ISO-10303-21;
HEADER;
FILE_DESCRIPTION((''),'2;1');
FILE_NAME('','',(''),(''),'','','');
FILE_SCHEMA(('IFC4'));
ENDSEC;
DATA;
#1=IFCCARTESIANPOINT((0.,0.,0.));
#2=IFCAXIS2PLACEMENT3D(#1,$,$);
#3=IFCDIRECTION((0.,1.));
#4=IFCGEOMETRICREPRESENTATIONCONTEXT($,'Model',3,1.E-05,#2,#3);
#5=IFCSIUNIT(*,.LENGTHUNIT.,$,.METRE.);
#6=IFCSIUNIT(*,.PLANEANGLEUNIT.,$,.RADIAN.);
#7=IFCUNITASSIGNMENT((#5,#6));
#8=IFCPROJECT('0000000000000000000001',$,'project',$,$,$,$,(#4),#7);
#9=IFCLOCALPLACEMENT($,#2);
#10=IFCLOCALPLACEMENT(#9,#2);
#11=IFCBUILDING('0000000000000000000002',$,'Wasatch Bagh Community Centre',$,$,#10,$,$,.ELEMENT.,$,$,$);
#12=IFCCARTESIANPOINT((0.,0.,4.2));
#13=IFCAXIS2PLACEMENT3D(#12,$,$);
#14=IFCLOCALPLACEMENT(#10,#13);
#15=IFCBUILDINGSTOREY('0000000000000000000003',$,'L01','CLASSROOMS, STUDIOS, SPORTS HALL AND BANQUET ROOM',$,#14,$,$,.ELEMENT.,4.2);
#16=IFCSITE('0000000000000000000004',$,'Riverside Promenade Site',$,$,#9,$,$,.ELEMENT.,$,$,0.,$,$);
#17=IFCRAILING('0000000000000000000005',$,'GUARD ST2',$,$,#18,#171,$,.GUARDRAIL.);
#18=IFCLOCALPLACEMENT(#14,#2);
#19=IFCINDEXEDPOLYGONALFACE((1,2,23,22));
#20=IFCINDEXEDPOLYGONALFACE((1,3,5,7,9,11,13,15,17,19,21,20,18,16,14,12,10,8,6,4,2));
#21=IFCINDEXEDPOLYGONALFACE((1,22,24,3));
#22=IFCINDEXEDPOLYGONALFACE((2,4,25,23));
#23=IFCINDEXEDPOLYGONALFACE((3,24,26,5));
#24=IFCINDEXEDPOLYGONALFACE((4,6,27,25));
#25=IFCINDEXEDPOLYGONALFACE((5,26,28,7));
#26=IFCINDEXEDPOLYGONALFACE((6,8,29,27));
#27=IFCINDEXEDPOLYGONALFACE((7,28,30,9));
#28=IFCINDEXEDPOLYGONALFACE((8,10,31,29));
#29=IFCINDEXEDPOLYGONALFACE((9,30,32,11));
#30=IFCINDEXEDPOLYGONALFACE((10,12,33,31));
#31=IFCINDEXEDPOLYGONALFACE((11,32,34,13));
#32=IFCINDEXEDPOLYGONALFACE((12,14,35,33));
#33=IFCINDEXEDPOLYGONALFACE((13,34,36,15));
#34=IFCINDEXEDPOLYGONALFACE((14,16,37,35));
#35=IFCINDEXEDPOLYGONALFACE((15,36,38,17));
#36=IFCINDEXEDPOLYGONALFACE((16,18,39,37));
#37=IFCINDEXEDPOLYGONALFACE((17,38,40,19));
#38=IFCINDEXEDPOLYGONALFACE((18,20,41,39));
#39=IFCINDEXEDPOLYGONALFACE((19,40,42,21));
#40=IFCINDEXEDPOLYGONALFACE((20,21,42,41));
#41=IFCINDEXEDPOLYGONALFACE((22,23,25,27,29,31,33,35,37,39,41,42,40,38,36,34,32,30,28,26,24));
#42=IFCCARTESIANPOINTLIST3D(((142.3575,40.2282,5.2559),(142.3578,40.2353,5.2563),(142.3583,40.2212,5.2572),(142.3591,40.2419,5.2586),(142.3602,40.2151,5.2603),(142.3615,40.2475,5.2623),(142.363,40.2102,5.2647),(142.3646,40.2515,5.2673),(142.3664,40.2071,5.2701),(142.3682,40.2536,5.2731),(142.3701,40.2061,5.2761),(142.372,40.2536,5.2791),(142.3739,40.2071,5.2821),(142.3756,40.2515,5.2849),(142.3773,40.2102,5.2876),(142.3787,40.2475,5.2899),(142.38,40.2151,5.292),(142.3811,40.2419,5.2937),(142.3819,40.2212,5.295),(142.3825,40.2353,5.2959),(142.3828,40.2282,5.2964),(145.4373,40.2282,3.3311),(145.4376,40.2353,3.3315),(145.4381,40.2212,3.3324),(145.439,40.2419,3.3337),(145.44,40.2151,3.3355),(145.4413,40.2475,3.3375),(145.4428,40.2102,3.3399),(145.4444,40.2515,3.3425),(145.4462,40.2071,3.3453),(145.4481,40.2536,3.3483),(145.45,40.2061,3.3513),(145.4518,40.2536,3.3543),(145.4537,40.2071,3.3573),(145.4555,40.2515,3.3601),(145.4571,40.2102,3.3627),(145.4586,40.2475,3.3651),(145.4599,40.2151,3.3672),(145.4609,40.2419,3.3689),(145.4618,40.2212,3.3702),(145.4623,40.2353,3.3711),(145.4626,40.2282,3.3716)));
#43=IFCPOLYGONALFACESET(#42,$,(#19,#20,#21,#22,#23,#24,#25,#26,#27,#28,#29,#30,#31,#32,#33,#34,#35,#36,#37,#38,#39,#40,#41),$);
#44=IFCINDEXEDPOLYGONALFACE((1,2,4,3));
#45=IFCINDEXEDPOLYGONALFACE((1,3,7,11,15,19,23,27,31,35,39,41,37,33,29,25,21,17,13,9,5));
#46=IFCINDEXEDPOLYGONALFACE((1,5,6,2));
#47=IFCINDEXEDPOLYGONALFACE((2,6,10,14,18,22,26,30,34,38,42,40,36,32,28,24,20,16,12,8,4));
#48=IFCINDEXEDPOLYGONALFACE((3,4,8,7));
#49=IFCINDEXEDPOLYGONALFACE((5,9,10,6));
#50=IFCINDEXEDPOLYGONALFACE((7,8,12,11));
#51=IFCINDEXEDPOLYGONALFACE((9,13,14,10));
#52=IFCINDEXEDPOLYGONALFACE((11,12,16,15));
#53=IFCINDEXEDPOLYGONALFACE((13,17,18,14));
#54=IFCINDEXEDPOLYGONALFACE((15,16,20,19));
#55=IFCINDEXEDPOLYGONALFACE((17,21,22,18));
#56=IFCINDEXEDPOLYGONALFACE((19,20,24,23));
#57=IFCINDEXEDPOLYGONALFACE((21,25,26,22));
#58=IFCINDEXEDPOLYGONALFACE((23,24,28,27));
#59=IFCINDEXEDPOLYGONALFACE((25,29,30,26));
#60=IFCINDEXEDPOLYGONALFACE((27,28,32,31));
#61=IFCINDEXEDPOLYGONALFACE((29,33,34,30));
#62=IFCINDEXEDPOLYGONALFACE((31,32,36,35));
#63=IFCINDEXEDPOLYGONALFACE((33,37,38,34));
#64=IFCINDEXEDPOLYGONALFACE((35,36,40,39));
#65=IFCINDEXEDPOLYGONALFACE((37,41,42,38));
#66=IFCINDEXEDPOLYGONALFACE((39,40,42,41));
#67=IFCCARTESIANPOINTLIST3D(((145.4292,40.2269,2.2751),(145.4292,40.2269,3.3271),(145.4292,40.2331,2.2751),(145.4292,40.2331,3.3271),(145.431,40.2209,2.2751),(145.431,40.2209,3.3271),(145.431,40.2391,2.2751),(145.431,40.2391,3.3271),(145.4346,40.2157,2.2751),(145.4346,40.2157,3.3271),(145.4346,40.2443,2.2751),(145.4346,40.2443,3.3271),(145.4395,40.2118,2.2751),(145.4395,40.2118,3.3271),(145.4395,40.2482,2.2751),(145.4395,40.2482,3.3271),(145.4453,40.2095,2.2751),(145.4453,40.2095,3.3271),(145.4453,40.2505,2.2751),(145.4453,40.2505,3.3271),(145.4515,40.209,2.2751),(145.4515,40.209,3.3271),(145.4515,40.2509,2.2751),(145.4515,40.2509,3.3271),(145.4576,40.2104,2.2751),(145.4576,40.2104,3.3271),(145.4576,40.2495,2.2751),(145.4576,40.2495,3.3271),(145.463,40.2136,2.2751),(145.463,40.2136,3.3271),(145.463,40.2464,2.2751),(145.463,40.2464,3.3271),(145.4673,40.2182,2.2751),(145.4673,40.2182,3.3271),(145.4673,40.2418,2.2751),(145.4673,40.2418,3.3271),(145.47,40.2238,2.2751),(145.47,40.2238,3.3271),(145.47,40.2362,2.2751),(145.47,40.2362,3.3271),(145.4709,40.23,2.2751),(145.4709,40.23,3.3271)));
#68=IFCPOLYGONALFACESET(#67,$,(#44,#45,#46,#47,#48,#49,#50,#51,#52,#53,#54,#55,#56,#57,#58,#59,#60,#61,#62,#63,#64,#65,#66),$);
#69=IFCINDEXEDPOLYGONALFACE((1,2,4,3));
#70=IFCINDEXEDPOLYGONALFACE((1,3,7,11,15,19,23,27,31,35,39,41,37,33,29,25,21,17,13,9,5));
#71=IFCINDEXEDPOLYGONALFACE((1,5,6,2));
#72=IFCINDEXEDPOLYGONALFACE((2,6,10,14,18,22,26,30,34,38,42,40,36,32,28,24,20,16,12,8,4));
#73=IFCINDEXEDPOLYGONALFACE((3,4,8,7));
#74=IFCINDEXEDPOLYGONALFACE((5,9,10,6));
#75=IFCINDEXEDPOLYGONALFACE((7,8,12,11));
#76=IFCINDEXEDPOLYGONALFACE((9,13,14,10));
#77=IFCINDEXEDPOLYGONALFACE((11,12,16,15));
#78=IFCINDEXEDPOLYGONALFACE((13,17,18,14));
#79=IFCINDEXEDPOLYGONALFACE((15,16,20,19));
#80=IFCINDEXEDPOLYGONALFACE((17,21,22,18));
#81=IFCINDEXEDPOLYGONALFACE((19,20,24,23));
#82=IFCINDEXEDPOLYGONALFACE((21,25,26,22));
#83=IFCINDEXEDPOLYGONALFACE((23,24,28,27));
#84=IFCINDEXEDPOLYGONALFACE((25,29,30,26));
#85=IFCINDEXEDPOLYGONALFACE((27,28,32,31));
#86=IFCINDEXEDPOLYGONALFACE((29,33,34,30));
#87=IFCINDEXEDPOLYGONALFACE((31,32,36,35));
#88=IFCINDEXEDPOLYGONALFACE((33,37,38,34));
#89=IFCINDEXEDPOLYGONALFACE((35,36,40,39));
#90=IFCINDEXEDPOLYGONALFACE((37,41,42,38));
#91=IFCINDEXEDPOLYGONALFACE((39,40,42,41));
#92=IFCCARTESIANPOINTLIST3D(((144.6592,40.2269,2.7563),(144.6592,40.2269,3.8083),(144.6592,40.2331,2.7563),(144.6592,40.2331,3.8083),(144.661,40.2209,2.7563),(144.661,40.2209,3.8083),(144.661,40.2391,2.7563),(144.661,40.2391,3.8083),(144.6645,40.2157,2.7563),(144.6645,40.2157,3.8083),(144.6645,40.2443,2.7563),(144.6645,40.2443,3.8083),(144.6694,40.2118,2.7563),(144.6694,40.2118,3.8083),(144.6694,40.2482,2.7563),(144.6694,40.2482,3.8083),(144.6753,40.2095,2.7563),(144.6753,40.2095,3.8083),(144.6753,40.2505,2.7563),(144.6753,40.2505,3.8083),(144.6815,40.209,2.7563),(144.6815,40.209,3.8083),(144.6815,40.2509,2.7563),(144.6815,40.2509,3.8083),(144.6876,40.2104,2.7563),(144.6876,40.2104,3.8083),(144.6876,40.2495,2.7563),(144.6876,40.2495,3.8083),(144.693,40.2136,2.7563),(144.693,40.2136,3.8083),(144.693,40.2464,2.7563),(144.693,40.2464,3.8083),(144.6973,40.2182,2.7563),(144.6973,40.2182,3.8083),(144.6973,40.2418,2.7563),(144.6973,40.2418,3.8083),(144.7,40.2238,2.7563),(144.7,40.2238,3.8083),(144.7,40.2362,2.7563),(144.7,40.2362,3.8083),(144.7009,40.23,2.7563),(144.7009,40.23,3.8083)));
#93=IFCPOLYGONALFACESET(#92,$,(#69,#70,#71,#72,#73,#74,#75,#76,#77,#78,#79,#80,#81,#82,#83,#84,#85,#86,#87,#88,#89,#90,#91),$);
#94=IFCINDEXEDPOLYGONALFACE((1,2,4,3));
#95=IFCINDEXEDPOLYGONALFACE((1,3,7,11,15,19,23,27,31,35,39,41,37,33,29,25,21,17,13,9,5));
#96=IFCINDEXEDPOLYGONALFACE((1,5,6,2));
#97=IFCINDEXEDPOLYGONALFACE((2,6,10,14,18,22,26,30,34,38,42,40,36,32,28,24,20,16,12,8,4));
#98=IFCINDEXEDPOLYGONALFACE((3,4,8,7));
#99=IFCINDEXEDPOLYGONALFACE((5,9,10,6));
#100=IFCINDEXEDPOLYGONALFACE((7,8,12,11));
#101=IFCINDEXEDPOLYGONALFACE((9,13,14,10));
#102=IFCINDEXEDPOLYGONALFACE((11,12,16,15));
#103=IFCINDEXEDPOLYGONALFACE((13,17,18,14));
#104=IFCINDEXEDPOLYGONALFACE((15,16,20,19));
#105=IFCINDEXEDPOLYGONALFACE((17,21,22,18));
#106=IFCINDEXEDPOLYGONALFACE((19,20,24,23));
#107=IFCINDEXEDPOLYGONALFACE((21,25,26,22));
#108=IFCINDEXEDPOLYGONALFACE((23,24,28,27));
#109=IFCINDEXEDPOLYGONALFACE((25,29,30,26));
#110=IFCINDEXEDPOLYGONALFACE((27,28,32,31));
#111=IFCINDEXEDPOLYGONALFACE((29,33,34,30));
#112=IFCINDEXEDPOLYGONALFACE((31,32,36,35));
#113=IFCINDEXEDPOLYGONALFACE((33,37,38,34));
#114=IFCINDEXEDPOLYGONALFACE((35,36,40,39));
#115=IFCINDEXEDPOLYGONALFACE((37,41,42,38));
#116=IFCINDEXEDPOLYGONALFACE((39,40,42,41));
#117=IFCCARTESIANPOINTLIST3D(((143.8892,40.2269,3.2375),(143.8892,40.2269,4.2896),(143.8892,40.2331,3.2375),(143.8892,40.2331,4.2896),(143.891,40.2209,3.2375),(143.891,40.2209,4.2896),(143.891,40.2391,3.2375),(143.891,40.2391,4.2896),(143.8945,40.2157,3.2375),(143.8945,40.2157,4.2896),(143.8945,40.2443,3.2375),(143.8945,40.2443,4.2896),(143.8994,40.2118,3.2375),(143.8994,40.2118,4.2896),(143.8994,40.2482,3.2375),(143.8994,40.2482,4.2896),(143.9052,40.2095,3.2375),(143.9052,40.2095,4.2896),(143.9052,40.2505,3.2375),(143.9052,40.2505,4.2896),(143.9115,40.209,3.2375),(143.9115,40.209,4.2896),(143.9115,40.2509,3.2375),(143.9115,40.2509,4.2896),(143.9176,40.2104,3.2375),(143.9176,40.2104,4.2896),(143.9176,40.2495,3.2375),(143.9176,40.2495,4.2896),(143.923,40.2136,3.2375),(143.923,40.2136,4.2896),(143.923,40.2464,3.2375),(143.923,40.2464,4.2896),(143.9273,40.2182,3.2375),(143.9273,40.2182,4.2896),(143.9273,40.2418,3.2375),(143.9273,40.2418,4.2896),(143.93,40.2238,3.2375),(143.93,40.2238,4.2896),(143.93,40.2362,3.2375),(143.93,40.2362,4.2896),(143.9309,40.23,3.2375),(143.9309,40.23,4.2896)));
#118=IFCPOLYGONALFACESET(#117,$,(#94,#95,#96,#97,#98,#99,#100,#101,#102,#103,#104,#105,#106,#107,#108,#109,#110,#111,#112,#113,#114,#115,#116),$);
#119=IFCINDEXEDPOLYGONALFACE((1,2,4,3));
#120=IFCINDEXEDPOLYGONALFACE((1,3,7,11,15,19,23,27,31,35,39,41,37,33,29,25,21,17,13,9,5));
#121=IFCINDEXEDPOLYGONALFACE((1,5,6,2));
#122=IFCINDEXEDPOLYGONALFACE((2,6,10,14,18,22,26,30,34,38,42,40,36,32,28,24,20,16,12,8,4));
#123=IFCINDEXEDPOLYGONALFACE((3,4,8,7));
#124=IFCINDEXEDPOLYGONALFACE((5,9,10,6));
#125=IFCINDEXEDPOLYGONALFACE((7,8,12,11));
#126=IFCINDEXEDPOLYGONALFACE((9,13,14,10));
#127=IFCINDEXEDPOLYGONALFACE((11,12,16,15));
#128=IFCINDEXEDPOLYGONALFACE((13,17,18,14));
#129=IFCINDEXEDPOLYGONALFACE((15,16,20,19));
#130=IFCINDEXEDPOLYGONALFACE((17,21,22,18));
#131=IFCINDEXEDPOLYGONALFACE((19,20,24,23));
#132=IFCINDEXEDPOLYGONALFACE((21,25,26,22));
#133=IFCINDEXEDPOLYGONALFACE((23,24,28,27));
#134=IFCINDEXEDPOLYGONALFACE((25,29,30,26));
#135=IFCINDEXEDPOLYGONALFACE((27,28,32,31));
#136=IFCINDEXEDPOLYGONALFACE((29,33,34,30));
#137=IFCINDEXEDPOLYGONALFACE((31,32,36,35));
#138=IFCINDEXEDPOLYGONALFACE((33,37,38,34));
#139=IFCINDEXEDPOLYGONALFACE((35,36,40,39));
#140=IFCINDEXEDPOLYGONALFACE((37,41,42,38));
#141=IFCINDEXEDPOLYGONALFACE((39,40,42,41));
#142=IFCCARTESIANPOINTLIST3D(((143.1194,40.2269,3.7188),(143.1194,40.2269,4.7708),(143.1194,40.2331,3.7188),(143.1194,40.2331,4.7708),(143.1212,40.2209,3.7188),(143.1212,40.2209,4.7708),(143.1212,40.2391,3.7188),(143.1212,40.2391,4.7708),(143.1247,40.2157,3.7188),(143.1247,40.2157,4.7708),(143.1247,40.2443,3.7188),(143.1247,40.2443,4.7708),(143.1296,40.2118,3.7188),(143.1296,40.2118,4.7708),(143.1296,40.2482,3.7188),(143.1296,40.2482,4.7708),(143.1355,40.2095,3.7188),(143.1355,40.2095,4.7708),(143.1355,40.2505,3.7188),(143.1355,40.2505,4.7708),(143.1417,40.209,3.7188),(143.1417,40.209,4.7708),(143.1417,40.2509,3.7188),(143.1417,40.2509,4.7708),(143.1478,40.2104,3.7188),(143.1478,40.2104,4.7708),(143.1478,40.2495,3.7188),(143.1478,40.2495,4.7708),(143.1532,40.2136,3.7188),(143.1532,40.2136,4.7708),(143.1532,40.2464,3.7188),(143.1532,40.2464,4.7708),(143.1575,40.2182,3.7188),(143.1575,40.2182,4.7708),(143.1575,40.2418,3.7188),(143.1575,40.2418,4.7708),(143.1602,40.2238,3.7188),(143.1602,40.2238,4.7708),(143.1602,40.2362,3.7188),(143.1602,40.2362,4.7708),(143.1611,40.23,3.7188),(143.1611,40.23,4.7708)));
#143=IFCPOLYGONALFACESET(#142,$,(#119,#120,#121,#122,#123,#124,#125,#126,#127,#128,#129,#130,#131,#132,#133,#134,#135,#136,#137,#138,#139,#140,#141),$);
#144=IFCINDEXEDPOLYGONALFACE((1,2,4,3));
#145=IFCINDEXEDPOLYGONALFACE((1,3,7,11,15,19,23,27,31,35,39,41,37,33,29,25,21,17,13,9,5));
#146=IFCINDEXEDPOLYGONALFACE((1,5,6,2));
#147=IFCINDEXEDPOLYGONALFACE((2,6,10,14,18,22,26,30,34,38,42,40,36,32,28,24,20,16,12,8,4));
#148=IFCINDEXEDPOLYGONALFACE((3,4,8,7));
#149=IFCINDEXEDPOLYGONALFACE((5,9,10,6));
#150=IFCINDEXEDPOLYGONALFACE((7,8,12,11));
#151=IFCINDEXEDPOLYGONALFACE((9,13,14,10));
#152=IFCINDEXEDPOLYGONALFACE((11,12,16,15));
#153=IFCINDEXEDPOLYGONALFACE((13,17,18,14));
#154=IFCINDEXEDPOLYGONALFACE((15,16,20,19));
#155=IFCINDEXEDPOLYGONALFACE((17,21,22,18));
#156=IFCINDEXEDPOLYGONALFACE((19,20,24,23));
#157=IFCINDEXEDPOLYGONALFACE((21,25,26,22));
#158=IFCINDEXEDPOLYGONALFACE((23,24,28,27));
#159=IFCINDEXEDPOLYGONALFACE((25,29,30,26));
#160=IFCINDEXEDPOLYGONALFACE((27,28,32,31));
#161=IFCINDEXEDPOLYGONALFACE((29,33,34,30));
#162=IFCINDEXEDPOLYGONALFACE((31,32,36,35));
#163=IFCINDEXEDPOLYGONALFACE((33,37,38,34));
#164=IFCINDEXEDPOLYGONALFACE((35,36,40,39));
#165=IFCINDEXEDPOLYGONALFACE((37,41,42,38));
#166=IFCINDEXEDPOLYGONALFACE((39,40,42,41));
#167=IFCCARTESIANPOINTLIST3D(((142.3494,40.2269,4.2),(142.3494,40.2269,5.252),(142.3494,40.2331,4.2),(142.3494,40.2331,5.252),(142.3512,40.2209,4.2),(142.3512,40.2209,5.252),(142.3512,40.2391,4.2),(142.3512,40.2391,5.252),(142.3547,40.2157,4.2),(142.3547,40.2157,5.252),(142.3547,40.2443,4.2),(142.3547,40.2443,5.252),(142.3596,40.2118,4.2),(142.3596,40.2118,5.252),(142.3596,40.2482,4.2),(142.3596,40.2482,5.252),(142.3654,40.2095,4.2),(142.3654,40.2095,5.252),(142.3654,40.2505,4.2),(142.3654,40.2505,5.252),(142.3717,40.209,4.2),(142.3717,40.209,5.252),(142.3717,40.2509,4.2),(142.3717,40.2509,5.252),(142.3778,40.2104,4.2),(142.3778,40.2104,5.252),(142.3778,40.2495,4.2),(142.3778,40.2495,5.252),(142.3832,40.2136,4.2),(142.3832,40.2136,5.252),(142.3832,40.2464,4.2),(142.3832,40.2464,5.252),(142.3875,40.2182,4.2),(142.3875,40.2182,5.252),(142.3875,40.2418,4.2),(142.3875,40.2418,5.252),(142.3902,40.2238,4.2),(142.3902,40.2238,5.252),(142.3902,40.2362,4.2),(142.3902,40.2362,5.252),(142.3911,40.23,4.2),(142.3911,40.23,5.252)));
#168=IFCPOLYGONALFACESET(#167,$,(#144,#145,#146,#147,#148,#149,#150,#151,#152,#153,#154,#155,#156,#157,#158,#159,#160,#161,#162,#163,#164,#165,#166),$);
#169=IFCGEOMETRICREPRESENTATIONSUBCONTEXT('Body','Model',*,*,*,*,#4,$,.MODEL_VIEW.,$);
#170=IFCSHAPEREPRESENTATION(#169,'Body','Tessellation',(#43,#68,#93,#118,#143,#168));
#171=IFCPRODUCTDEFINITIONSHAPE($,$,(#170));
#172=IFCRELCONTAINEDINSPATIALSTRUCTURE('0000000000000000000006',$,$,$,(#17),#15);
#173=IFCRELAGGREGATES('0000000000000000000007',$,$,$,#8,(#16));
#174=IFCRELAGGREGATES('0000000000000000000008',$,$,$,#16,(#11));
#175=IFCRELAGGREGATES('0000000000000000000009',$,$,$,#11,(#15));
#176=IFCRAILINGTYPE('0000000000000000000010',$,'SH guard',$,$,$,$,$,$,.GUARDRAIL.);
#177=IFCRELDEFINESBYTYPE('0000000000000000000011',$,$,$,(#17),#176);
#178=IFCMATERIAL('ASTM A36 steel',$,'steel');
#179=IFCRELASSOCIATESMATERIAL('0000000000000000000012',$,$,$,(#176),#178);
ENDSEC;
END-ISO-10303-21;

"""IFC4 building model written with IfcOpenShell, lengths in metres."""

from ifc_helpers import new_model, si_unit, direction, frame, origin, origin_2d, place, context, subcontext, project, spatial, circle, extrude, material, type_object, element, save


model = new_model("IFC4")

# Units and contexts
model_context = context("Model", 3, precision=1e-05, world=origin(), true_north=direction((0.0, 1.0)))
body_context = subcontext(model_context, "Body", "Model", "MODEL_VIEW")
ifc_project = project(units=[si_unit("LENGTHUNIT", "METRE"), si_unit("PLANEANGLEUNIT", "RADIAN")], contexts=[model_context])

# Site, building, storey
site_placement = place(None, origin())
site = spatial("IfcSite", under=ifc_project, at=site_placement, Name="Riverside Promenade Site", CompositionType="ELEMENT", RefElevation=0.0)
building_placement = place(site_placement, origin())
building = spatial("IfcBuilding", under=site, at=building_placement, Name="Wasatch Bagh Community Centre", CompositionType="ELEMENT")
storey_placement = place(building_placement, frame((0.0, 0.0, 4.2)))
storey = spatial("IfcBuildingStorey", under=building, at=storey_placement, Name="L01", Description="CLASSROOMS, STUDIOS, SPORTS HALL AND BANQUET ROOM", CompositionType="ELEMENT", Elevation=4.2)

# Railing
ifc_material_1 = material(Name="ASTM A36 steel", Category="steel")
railing_type_1 = type_object("IfcRailingType", Name="SH guard", PredefinedType="GUARDRAIL", material=ifc_material_1)
for number, where, name in (
    (1, (145.45, 40.23, 2.2751), "GUARD ST2"),
):
    element("IfcRailing", number, at=place(storey_placement, frame(where)), inside=storey, type_object=railing_type_1, Name=name, PredefinedType="GUARDRAIL", context=body_context, shape_type="SweptSolid", body=[
        extrude(circle(Radius=0.0239, at=origin_2d()), frame((0.0, 0.0, 1.0762), z_axis=(-0.84801, 0.0, 0.529981), x_axis=(0.0, -1.0, 0.0)), (0.0, 0.0, 1.0), 3.6318),
        extrude(circle(Radius=0.021, at=origin_2d()), origin(), (0.0, 0.0, 1.0), 1.052),
        extrude(circle(Radius=0.021, at=origin_2d()), frame((-0.77, 0.0, 0.4812)), (0.0, 0.0, 1.0), 1.052),
        extrude(circle(Radius=0.021, at=origin_2d()), frame((-1.54, 0.0, 0.9624)), (0.0, 0.0, 1.0), 1.052),
        extrude(circle(Radius=0.021, at=origin_2d()), frame((-2.3098, 0.0, 1.4436)), (0.0, 0.0, 1.0), 1.052),
        extrude(circle(Radius=0.021, at=origin_2d()), frame((-3.0798, 0.0, 1.9248)), (0.0, 0.0, 1.0), 1.052),
    ])

save(model, "model.ifc")
